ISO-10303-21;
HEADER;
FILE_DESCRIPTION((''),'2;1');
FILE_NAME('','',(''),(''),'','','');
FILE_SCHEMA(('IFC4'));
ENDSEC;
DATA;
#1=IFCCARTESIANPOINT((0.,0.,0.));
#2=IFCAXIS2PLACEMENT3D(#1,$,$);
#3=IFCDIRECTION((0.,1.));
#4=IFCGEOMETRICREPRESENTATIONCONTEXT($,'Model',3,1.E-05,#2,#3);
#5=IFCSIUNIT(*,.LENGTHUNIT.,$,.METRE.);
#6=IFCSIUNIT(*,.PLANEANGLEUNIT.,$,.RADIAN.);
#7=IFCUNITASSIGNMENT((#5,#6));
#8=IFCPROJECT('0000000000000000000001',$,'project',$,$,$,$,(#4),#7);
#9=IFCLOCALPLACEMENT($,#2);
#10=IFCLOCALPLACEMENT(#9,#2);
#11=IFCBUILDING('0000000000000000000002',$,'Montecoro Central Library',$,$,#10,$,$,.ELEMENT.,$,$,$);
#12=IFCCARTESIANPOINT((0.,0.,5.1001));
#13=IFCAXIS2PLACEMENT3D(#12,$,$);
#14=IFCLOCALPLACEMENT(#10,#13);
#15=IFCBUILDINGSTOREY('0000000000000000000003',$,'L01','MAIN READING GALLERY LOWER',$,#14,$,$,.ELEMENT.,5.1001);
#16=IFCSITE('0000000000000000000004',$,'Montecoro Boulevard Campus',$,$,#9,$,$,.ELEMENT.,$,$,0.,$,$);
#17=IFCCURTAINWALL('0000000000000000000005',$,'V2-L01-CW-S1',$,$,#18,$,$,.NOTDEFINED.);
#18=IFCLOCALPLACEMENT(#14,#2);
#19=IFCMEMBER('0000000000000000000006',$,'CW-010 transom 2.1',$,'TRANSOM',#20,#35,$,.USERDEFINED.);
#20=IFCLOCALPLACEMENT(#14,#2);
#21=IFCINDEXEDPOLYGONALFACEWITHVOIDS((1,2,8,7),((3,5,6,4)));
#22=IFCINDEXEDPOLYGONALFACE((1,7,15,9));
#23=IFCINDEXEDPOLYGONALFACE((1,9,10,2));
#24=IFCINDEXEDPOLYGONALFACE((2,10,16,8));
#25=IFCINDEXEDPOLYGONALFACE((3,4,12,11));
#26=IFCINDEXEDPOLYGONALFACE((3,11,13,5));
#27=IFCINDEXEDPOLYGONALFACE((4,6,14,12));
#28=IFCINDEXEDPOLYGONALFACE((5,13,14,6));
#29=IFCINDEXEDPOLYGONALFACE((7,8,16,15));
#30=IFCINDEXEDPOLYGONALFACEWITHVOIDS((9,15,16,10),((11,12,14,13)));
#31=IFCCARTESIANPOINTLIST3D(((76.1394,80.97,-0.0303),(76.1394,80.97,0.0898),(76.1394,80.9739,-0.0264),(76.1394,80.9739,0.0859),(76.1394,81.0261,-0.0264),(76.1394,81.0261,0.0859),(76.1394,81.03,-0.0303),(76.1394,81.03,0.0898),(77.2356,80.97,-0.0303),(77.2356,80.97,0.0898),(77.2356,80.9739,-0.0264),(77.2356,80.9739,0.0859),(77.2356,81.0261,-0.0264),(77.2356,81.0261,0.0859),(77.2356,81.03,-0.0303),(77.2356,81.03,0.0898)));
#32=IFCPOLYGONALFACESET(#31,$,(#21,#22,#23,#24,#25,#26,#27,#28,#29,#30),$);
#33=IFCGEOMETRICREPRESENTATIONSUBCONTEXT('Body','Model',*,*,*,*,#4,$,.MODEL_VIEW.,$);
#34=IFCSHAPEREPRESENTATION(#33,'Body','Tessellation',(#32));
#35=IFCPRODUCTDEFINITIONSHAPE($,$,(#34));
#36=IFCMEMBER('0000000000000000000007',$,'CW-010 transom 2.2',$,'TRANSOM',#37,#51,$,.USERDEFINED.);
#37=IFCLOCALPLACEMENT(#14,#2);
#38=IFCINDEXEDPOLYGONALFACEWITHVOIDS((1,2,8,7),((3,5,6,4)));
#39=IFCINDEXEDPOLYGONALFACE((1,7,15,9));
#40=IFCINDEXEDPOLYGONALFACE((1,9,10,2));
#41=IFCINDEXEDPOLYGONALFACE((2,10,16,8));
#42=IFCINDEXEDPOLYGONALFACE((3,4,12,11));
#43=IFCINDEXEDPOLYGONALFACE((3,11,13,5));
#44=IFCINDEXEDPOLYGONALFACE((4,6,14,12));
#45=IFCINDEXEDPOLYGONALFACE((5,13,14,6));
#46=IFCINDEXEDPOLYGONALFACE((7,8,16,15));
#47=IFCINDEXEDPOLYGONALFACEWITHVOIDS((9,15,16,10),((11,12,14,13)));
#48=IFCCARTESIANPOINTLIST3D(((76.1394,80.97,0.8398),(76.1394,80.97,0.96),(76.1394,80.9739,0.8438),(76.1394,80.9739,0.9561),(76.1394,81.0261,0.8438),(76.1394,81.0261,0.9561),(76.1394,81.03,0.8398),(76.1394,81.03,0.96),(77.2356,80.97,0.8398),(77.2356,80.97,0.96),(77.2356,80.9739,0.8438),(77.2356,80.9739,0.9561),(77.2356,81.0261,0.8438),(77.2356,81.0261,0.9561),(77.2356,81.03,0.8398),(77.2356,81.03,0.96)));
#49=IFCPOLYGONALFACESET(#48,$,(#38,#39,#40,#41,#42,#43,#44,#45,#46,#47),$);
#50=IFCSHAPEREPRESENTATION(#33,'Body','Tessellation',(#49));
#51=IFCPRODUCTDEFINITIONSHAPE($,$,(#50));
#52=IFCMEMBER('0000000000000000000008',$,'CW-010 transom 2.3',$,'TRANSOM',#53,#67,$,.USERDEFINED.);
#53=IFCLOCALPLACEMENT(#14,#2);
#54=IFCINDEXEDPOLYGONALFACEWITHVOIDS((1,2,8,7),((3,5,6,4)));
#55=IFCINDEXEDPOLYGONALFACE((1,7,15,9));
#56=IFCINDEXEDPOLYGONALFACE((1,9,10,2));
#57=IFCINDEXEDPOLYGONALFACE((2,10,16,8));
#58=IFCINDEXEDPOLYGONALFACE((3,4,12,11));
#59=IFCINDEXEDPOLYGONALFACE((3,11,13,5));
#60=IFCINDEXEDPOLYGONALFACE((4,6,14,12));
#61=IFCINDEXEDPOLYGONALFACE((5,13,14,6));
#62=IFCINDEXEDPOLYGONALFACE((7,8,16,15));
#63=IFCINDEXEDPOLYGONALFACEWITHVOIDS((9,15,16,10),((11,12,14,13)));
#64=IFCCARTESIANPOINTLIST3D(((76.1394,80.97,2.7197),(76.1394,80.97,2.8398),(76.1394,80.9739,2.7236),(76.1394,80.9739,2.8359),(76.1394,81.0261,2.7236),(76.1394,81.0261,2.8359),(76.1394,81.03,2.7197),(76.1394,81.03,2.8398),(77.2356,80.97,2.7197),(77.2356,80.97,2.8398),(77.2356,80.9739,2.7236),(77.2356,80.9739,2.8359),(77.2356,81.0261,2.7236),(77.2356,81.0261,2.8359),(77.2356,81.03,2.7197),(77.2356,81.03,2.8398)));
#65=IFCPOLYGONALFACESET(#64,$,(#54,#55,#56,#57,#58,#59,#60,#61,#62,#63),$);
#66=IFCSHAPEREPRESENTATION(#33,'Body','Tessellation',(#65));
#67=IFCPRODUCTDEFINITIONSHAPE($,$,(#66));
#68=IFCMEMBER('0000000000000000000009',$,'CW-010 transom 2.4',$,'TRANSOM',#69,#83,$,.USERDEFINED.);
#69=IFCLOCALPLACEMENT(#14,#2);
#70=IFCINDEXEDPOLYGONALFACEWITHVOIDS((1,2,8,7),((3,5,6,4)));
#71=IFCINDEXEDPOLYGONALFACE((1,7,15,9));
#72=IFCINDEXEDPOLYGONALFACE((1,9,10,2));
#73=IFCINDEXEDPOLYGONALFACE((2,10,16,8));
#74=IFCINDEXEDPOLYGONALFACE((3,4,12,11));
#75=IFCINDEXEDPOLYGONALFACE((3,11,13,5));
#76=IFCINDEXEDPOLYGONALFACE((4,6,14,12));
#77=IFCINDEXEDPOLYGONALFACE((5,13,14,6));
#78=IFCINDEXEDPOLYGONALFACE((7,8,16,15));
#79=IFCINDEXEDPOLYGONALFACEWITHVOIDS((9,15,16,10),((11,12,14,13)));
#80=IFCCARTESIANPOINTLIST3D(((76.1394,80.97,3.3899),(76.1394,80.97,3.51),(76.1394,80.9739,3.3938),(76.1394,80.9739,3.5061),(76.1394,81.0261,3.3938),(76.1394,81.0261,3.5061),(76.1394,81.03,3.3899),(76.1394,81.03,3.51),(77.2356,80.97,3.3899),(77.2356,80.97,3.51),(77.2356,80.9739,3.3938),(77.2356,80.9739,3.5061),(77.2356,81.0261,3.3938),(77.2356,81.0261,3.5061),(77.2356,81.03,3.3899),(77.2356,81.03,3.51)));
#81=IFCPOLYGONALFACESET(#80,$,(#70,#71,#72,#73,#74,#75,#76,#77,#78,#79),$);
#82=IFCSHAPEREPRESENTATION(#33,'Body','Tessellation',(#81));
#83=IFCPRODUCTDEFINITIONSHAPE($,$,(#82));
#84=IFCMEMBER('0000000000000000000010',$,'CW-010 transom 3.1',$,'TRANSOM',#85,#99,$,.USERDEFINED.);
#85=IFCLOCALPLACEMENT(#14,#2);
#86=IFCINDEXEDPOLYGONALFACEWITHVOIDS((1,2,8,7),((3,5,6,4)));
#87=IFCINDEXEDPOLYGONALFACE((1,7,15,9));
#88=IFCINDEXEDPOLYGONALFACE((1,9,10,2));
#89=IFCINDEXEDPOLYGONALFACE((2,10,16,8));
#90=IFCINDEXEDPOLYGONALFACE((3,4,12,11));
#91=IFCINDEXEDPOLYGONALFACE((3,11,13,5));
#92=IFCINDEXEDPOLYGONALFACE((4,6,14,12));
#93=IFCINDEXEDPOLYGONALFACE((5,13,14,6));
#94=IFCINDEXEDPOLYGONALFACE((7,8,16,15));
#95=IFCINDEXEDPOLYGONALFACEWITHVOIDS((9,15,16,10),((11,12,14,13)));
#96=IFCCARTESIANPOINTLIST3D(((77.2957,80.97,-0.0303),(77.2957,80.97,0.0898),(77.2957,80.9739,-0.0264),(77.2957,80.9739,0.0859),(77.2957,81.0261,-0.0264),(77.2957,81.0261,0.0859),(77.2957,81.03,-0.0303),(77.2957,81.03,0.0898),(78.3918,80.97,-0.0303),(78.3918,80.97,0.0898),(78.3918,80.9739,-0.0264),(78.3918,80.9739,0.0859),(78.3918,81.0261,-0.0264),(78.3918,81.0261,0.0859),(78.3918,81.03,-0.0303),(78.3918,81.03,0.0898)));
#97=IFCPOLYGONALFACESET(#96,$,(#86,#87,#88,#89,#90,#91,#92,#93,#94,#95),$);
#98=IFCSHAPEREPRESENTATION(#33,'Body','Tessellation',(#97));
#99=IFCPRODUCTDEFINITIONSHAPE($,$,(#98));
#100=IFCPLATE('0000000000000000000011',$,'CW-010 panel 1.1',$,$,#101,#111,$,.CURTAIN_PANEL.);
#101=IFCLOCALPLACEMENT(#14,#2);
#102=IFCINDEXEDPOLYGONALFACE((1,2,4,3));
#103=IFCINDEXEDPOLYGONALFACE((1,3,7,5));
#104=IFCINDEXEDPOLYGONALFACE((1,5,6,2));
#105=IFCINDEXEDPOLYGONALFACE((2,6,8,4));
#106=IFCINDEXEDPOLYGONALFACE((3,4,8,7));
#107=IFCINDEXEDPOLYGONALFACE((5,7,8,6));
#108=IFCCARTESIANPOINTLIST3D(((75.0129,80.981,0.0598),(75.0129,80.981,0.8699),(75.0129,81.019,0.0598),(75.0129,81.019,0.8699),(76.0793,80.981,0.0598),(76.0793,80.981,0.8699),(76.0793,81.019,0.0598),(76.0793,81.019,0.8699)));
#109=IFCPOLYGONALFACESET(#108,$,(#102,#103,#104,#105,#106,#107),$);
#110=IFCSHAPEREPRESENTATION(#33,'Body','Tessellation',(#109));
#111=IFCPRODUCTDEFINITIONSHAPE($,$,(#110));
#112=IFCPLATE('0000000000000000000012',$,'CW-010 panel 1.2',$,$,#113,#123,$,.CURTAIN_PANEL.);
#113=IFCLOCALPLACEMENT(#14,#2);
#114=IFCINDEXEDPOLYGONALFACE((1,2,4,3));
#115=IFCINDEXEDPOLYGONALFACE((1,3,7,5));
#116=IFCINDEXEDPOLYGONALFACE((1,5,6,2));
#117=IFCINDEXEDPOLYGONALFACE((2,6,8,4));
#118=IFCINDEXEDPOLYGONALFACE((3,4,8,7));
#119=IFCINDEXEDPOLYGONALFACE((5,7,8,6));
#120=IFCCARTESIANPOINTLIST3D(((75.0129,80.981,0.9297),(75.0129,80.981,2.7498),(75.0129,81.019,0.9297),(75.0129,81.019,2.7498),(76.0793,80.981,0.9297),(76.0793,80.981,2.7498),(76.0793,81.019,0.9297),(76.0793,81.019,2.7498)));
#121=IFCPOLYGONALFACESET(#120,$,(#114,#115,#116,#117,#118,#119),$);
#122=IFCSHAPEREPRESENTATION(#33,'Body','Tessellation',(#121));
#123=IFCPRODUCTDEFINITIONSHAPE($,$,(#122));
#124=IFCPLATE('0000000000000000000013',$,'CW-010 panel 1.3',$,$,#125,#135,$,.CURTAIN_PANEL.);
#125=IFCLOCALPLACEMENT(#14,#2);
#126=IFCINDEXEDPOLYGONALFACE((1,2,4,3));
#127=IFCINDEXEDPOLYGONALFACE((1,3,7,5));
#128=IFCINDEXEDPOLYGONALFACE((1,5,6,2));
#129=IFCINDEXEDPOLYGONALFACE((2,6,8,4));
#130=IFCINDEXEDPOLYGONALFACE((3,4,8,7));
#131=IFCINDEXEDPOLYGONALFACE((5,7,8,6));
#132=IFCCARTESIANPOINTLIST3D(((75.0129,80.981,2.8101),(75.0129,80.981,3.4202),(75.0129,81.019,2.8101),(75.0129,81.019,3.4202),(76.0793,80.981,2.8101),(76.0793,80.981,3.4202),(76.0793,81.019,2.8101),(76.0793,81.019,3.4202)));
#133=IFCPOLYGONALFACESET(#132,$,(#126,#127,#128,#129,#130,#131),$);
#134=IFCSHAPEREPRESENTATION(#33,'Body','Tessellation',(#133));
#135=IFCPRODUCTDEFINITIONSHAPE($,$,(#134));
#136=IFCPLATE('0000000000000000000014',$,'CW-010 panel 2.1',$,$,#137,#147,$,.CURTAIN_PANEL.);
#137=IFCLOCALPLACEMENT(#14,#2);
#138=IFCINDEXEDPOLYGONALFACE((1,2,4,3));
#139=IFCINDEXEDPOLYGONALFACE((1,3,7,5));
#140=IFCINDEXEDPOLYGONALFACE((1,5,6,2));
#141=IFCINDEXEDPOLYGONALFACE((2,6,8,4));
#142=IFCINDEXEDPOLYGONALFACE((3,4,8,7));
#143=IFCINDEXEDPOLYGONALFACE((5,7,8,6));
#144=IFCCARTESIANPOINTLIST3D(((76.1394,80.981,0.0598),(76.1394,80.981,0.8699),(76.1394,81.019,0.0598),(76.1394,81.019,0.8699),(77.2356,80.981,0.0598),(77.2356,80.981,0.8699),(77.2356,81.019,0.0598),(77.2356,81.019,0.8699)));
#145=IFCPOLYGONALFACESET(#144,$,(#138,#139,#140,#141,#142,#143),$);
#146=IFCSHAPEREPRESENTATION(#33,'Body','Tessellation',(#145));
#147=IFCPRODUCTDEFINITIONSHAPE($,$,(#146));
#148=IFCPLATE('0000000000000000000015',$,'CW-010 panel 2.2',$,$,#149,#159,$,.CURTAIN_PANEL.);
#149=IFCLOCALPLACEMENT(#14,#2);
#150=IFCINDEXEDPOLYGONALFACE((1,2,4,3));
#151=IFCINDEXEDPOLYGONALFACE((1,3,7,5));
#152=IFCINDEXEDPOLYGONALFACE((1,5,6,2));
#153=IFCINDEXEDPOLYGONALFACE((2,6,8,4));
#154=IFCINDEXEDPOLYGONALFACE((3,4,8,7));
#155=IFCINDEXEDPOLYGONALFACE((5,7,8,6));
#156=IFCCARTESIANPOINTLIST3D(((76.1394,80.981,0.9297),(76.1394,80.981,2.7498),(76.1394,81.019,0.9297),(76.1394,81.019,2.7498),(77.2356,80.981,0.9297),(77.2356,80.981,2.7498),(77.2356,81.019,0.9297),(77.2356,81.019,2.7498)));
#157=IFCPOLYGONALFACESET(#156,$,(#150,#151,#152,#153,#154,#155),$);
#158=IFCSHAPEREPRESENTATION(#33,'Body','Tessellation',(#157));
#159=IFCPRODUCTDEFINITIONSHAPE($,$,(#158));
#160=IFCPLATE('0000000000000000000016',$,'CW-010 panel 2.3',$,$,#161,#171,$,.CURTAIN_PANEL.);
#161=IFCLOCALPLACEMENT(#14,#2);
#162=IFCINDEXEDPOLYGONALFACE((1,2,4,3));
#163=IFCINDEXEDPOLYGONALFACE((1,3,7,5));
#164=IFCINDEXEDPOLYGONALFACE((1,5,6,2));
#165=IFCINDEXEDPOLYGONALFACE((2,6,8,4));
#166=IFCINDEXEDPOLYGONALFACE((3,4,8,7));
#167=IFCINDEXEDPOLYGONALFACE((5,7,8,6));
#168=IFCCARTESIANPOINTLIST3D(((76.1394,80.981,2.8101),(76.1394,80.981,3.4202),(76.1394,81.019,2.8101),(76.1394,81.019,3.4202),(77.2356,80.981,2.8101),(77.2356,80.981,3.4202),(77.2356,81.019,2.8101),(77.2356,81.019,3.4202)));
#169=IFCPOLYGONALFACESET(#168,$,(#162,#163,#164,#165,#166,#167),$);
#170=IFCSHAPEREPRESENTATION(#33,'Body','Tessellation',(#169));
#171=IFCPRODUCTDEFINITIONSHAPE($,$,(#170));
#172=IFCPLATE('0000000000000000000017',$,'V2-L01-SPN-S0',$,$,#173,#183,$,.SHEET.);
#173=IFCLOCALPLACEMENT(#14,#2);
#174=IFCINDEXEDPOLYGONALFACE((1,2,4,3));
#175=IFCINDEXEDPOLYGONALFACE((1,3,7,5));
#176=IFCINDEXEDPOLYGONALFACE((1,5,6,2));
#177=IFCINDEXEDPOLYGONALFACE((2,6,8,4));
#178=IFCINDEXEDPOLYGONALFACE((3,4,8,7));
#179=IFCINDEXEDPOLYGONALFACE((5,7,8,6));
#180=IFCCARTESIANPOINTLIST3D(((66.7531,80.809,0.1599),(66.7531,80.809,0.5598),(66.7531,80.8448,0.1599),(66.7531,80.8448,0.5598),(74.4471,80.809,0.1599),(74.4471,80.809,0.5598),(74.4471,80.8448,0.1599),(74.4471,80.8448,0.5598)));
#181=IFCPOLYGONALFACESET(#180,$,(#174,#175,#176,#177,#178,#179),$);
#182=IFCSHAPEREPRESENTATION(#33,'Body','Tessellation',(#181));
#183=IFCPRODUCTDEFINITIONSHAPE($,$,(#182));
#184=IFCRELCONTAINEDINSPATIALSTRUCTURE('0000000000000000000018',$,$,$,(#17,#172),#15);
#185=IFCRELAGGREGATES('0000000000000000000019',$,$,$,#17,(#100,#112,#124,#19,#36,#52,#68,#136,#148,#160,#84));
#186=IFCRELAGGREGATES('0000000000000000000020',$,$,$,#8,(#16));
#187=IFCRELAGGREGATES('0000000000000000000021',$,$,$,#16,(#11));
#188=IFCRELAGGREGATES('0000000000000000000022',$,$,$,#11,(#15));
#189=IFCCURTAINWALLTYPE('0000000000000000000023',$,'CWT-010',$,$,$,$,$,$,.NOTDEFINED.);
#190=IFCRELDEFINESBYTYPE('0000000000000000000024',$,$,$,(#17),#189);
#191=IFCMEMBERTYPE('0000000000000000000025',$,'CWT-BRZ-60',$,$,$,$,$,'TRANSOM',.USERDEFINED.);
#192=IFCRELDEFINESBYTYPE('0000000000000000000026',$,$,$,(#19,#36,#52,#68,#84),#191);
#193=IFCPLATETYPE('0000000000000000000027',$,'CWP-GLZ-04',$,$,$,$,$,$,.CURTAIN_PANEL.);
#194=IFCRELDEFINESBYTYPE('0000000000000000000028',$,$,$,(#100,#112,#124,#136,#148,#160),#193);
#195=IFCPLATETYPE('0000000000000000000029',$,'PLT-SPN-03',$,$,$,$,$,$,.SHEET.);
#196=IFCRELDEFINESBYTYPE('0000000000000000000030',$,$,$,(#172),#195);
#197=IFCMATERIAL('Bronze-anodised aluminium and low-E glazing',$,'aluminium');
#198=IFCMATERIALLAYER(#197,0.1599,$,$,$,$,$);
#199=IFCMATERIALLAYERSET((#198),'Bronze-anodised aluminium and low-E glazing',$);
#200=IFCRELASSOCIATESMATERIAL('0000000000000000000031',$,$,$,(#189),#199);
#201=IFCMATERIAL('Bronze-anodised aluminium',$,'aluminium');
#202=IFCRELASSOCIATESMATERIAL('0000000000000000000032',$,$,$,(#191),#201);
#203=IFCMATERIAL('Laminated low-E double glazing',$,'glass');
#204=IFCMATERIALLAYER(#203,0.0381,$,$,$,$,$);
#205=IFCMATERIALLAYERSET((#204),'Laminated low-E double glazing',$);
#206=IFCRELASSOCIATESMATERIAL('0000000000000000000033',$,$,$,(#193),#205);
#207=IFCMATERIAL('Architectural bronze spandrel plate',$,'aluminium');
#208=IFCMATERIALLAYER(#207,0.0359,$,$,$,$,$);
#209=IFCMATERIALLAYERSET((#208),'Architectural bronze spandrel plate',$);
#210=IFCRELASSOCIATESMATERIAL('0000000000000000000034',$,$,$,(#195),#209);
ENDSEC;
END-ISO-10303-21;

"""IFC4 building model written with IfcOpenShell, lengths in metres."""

from ifc_helpers import new_model, si_unit, direction, frame, origin, origin_2d, place, context, subcontext, project, spatial, rectangle, hollow_rectangle, extrude, material, layer, layer_set, material_profile, profile_set, type_object, element, aggregate, save


model = new_model("IFC4")

# Units and contexts
model_context = context("Model", 3, precision=1e-05, world=origin(), true_north=direction((0.0, 1.0)))
body_context = subcontext(model_context, "Body", "Model", "MODEL_VIEW")
ifc_project = project(units=[si_unit("LENGTHUNIT", "METRE"), si_unit("PLANEANGLEUNIT", "RADIAN")], contexts=[model_context])

# Site, building, storey
site_placement = place(None, origin())
site = spatial("IfcSite", under=ifc_project, at=site_placement, Name="Montecoro Boulevard Campus", CompositionType="ELEMENT", RefElevation=0.0)
building_placement = place(site_placement, origin())
building = spatial("IfcBuilding", under=site, at=building_placement, Name="Montecoro Central Library", CompositionType="ELEMENT")
storey_placement = place(building_placement, frame((0.0, 0.0, 5.1001)))
storey = spatial("IfcBuildingStorey", under=building, at=storey_placement, Name="L01", Description="MAIN READING GALLERY LOWER", CompositionType="ELEMENT", Elevation=5.1001)

# Curtain wall, members, plates
ifc_material_1 = material(Name="Bronze-anodised aluminium and low-E glazing", Category="aluminium")
ifc_layer_1 = layer(ifc_material_1, 0.1599)
ifc_layer_set_1 = layer_set([ifc_layer_1], Name="Bronze-anodised aluminium and low-E glazing")
curtain_wall_type = type_object("IfcCurtainWallType", Name="CWT-010", PredefinedType="NOTDEFINED", material=ifc_layer_set_1)
curtain_wall_placement = place(storey_placement, origin())
curtain_wall = element("IfcCurtainWall", 1, at=curtain_wall_placement, inside=storey, type_object=curtain_wall_type, Name="V2-L01-CW-S1", PredefinedType="NOTDEFINED")
ifc_material_2 = material(Name="Bronze-anodised aluminium", Category="aluminium")
ifc_material_profile_1 = material_profile(ifc_material_2, hollow_rectangle(XDim=0.0601, YDim=0.1201, WallThickness=0.0039, at=origin_2d()), Name="CWT 120x60x4.0")
ifc_profile_set_1 = profile_set([ifc_material_profile_1], Name="Bronze-anodised aluminium")
member_type_1 = type_object("IfcMemberType", Name="CWT-BRZ-60", ElementType="TRANSOM", PredefinedType="USERDEFINED", material=ifc_profile_set_1)
member_1_placement = place(storey_placement, frame((76.1394, 81.0, 0.0298), z_axis=(1.0, 0.0, 0.0), x_axis=(0.0, 1.0, 0.0)))
member_1 = element("IfcMember", 2, at=member_1_placement, type_object=member_type_1, Name="CW-010 transom 2.1", ObjectType="TRANSOM", PredefinedType="USERDEFINED", context=body_context, shape_type="SweptSolid", body=[
    extrude(hollow_rectangle(XDim=0.0601, YDim=0.1201, WallThickness=0.0039, at=origin_2d()), origin(), (0.0, 0.0, 1.0), 1.0962),
])
member_2_placement = place(storey_placement, frame((76.1394, 81.0, 0.8999), z_axis=(1.0, 0.0, 0.0), x_axis=(0.0, 1.0, 0.0)))
member_2 = element("IfcMember", 3, at=member_2_placement, type_object=member_type_1, Name="CW-010 transom 2.2", ObjectType="TRANSOM", PredefinedType="USERDEFINED", context=body_context, shape_type="SweptSolid", body=[
    extrude(hollow_rectangle(XDim=0.0601, YDim=0.1201, WallThickness=0.0039, at=origin_2d()), origin(), (0.0, 0.0, 1.0), 1.0962),
])
member_3_placement = place(storey_placement, frame((76.1394, 81.0, 2.7798), z_axis=(1.0, 0.0, 0.0), x_axis=(0.0, 1.0, 0.0)))
member_3 = element("IfcMember", 4, at=member_3_placement, type_object=member_type_1, Name="CW-010 transom 2.3", ObjectType="TRANSOM", PredefinedType="USERDEFINED", context=body_context, shape_type="SweptSolid", body=[
    extrude(hollow_rectangle(XDim=0.0601, YDim=0.1201, WallThickness=0.0039, at=origin_2d()), origin(), (0.0, 0.0, 1.0), 1.0962),
])
member_4_placement = place(storey_placement, frame((76.1394, 81.0, 3.45), z_axis=(1.0, 0.0, 0.0), x_axis=(0.0, 1.0, 0.0)))
member_4 = element("IfcMember", 5, at=member_4_placement, type_object=member_type_1, Name="CW-010 transom 2.4", ObjectType="TRANSOM", PredefinedType="USERDEFINED", context=body_context, shape_type="SweptSolid", body=[
    extrude(hollow_rectangle(XDim=0.0601, YDim=0.1201, WallThickness=0.0039, at=origin_2d()), origin(), (0.0, 0.0, 1.0), 1.0962),
])
member_5_placement = place(storey_placement, frame((77.2957, 81.0, 0.0298), z_axis=(1.0, 0.0, 0.0), x_axis=(0.0, 1.0, 0.0)))
member_5 = element("IfcMember", 6, at=member_5_placement, type_object=member_type_1, Name="CW-010 transom 3.1", ObjectType="TRANSOM", PredefinedType="USERDEFINED", context=body_context, shape_type="SweptSolid", body=[
    extrude(hollow_rectangle(XDim=0.0601, YDim=0.1201, WallThickness=0.0039, at=origin_2d()), origin(), (0.0, 0.0, 1.0), 1.0962),
])
ifc_material_3 = material(Name="Laminated low-E double glazing", Category="glass")
ifc_layer_2 = layer(ifc_material_3, 0.0381)
ifc_layer_set_2 = layer_set([ifc_layer_2], Name="Laminated low-E double glazing")
plate_type_1 = type_object("IfcPlateType", Name="CWP-GLZ-04", PredefinedType="CURTAIN_PANEL", material=ifc_layer_set_2)
plate_1_placement = place(storey_placement, frame((75.5461, 81.0, 0.0598), z_axis=(0.0, 0.0, 1.0), x_axis=(1.0, 0.0, 0.0)))
plate_1 = element("IfcPlate", 7, at=plate_1_placement, type_object=plate_type_1, Name="CW-010 panel 1.1", PredefinedType="CURTAIN_PANEL", context=body_context, shape_type="SweptSolid", body=[
    extrude(rectangle(XDim=1.0664, YDim=0.0381, at=origin_2d()), origin(), (0.0, 0.0, 1.0), 0.8101),
])
plate_2_placement = place(storey_placement, frame((75.5461, 81.0, 0.9297), z_axis=(0.0, 0.0, 1.0), x_axis=(1.0, 0.0, 0.0)))
plate_2 = element("IfcPlate", 8, at=plate_2_placement, type_object=plate_type_1, Name="CW-010 panel 1.2", PredefinedType="CURTAIN_PANEL", context=body_context, shape_type="SweptSolid", body=[
    extrude(rectangle(XDim=1.0664, YDim=0.0381, at=origin_2d()), origin(), (0.0, 0.0, 1.0), 1.8201),
])
plate_3_placement = place(storey_placement, frame((75.5461, 81.0, 2.8101), z_axis=(0.0, 0.0, 1.0), x_axis=(1.0, 0.0, 0.0)))
plate_3 = element("IfcPlate", 9, at=plate_3_placement, type_object=plate_type_1, Name="CW-010 panel 1.3", PredefinedType="CURTAIN_PANEL", context=body_context, shape_type="SweptSolid", body=[
    extrude(rectangle(XDim=1.0664, YDim=0.0381, at=origin_2d()), origin(), (0.0, 0.0, 1.0), 0.6101),
])
plate_4_placement = place(storey_placement, frame((76.6875, 81.0, 0.0598), z_axis=(0.0, 0.0, 1.0), x_axis=(1.0, 0.0, 0.0)))
plate_4 = element("IfcPlate", 10, at=plate_4_placement, type_object=plate_type_1, Name="CW-010 panel 2.1", PredefinedType="CURTAIN_PANEL", context=body_context, shape_type="SweptSolid", body=[
    extrude(rectangle(XDim=1.0962, YDim=0.0381, at=origin_2d()), origin(), (0.0, 0.0, 1.0), 0.8101),
])
plate_5_placement = place(storey_placement, frame((76.6875, 81.0, 0.9297), z_axis=(0.0, 0.0, 1.0), x_axis=(1.0, 0.0, 0.0)))
plate_5 = element("IfcPlate", 11, at=plate_5_placement, type_object=plate_type_1, Name="CW-010 panel 2.2", PredefinedType="CURTAIN_PANEL", context=body_context, shape_type="SweptSolid", body=[
    extrude(rectangle(XDim=1.0962, YDim=0.0381, at=origin_2d()), origin(), (0.0, 0.0, 1.0), 1.8201),
])
plate_6_placement = place(storey_placement, frame((76.6875, 81.0, 2.8101), z_axis=(0.0, 0.0, 1.0), x_axis=(1.0, 0.0, 0.0)))
plate_6 = element("IfcPlate", 12, at=plate_6_placement, type_object=plate_type_1, Name="CW-010 panel 2.3", PredefinedType="CURTAIN_PANEL", context=body_context, shape_type="SweptSolid", body=[
    extrude(rectangle(XDim=1.0962, YDim=0.0381, at=origin_2d()), origin(), (0.0, 0.0, 1.0), 0.6101),
])
aggregate(curtain_wall, [plate_1, plate_2, plate_3, member_1, member_2, member_3, member_4, plate_4, plate_5, plate_6, member_5])

# Plate
ifc_material_4 = material(Name="Architectural bronze spandrel plate", Category="aluminium")
ifc_layer_3 = layer(ifc_material_4, 0.0359)
ifc_layer_set_3 = layer_set([ifc_layer_3], Name="Architectural bronze spandrel plate")
plate_type_2 = type_object("IfcPlateType", Name="PLT-SPN-03", PredefinedType="SHEET", material=ifc_layer_set_3)
plate_7_placement = place(storey_placement, frame((70.6001, 80.8269, 0.1599), z_axis=(0.0, 0.0, 1.0), x_axis=(1.0, 0.0, 0.0)))
element("IfcPlate", 13, at=plate_7_placement, inside=storey, type_object=plate_type_2, Name="V2-L01-SPN-S0", PredefinedType="SHEET", context=body_context, shape_type="SweptSolid", body=[
    extrude(rectangle(XDim=7.6941, YDim=0.0359, at=origin_2d()), origin(), (0.0, 0.0, 1.0), 0.3999),
])

save(model, "model.ifc")
